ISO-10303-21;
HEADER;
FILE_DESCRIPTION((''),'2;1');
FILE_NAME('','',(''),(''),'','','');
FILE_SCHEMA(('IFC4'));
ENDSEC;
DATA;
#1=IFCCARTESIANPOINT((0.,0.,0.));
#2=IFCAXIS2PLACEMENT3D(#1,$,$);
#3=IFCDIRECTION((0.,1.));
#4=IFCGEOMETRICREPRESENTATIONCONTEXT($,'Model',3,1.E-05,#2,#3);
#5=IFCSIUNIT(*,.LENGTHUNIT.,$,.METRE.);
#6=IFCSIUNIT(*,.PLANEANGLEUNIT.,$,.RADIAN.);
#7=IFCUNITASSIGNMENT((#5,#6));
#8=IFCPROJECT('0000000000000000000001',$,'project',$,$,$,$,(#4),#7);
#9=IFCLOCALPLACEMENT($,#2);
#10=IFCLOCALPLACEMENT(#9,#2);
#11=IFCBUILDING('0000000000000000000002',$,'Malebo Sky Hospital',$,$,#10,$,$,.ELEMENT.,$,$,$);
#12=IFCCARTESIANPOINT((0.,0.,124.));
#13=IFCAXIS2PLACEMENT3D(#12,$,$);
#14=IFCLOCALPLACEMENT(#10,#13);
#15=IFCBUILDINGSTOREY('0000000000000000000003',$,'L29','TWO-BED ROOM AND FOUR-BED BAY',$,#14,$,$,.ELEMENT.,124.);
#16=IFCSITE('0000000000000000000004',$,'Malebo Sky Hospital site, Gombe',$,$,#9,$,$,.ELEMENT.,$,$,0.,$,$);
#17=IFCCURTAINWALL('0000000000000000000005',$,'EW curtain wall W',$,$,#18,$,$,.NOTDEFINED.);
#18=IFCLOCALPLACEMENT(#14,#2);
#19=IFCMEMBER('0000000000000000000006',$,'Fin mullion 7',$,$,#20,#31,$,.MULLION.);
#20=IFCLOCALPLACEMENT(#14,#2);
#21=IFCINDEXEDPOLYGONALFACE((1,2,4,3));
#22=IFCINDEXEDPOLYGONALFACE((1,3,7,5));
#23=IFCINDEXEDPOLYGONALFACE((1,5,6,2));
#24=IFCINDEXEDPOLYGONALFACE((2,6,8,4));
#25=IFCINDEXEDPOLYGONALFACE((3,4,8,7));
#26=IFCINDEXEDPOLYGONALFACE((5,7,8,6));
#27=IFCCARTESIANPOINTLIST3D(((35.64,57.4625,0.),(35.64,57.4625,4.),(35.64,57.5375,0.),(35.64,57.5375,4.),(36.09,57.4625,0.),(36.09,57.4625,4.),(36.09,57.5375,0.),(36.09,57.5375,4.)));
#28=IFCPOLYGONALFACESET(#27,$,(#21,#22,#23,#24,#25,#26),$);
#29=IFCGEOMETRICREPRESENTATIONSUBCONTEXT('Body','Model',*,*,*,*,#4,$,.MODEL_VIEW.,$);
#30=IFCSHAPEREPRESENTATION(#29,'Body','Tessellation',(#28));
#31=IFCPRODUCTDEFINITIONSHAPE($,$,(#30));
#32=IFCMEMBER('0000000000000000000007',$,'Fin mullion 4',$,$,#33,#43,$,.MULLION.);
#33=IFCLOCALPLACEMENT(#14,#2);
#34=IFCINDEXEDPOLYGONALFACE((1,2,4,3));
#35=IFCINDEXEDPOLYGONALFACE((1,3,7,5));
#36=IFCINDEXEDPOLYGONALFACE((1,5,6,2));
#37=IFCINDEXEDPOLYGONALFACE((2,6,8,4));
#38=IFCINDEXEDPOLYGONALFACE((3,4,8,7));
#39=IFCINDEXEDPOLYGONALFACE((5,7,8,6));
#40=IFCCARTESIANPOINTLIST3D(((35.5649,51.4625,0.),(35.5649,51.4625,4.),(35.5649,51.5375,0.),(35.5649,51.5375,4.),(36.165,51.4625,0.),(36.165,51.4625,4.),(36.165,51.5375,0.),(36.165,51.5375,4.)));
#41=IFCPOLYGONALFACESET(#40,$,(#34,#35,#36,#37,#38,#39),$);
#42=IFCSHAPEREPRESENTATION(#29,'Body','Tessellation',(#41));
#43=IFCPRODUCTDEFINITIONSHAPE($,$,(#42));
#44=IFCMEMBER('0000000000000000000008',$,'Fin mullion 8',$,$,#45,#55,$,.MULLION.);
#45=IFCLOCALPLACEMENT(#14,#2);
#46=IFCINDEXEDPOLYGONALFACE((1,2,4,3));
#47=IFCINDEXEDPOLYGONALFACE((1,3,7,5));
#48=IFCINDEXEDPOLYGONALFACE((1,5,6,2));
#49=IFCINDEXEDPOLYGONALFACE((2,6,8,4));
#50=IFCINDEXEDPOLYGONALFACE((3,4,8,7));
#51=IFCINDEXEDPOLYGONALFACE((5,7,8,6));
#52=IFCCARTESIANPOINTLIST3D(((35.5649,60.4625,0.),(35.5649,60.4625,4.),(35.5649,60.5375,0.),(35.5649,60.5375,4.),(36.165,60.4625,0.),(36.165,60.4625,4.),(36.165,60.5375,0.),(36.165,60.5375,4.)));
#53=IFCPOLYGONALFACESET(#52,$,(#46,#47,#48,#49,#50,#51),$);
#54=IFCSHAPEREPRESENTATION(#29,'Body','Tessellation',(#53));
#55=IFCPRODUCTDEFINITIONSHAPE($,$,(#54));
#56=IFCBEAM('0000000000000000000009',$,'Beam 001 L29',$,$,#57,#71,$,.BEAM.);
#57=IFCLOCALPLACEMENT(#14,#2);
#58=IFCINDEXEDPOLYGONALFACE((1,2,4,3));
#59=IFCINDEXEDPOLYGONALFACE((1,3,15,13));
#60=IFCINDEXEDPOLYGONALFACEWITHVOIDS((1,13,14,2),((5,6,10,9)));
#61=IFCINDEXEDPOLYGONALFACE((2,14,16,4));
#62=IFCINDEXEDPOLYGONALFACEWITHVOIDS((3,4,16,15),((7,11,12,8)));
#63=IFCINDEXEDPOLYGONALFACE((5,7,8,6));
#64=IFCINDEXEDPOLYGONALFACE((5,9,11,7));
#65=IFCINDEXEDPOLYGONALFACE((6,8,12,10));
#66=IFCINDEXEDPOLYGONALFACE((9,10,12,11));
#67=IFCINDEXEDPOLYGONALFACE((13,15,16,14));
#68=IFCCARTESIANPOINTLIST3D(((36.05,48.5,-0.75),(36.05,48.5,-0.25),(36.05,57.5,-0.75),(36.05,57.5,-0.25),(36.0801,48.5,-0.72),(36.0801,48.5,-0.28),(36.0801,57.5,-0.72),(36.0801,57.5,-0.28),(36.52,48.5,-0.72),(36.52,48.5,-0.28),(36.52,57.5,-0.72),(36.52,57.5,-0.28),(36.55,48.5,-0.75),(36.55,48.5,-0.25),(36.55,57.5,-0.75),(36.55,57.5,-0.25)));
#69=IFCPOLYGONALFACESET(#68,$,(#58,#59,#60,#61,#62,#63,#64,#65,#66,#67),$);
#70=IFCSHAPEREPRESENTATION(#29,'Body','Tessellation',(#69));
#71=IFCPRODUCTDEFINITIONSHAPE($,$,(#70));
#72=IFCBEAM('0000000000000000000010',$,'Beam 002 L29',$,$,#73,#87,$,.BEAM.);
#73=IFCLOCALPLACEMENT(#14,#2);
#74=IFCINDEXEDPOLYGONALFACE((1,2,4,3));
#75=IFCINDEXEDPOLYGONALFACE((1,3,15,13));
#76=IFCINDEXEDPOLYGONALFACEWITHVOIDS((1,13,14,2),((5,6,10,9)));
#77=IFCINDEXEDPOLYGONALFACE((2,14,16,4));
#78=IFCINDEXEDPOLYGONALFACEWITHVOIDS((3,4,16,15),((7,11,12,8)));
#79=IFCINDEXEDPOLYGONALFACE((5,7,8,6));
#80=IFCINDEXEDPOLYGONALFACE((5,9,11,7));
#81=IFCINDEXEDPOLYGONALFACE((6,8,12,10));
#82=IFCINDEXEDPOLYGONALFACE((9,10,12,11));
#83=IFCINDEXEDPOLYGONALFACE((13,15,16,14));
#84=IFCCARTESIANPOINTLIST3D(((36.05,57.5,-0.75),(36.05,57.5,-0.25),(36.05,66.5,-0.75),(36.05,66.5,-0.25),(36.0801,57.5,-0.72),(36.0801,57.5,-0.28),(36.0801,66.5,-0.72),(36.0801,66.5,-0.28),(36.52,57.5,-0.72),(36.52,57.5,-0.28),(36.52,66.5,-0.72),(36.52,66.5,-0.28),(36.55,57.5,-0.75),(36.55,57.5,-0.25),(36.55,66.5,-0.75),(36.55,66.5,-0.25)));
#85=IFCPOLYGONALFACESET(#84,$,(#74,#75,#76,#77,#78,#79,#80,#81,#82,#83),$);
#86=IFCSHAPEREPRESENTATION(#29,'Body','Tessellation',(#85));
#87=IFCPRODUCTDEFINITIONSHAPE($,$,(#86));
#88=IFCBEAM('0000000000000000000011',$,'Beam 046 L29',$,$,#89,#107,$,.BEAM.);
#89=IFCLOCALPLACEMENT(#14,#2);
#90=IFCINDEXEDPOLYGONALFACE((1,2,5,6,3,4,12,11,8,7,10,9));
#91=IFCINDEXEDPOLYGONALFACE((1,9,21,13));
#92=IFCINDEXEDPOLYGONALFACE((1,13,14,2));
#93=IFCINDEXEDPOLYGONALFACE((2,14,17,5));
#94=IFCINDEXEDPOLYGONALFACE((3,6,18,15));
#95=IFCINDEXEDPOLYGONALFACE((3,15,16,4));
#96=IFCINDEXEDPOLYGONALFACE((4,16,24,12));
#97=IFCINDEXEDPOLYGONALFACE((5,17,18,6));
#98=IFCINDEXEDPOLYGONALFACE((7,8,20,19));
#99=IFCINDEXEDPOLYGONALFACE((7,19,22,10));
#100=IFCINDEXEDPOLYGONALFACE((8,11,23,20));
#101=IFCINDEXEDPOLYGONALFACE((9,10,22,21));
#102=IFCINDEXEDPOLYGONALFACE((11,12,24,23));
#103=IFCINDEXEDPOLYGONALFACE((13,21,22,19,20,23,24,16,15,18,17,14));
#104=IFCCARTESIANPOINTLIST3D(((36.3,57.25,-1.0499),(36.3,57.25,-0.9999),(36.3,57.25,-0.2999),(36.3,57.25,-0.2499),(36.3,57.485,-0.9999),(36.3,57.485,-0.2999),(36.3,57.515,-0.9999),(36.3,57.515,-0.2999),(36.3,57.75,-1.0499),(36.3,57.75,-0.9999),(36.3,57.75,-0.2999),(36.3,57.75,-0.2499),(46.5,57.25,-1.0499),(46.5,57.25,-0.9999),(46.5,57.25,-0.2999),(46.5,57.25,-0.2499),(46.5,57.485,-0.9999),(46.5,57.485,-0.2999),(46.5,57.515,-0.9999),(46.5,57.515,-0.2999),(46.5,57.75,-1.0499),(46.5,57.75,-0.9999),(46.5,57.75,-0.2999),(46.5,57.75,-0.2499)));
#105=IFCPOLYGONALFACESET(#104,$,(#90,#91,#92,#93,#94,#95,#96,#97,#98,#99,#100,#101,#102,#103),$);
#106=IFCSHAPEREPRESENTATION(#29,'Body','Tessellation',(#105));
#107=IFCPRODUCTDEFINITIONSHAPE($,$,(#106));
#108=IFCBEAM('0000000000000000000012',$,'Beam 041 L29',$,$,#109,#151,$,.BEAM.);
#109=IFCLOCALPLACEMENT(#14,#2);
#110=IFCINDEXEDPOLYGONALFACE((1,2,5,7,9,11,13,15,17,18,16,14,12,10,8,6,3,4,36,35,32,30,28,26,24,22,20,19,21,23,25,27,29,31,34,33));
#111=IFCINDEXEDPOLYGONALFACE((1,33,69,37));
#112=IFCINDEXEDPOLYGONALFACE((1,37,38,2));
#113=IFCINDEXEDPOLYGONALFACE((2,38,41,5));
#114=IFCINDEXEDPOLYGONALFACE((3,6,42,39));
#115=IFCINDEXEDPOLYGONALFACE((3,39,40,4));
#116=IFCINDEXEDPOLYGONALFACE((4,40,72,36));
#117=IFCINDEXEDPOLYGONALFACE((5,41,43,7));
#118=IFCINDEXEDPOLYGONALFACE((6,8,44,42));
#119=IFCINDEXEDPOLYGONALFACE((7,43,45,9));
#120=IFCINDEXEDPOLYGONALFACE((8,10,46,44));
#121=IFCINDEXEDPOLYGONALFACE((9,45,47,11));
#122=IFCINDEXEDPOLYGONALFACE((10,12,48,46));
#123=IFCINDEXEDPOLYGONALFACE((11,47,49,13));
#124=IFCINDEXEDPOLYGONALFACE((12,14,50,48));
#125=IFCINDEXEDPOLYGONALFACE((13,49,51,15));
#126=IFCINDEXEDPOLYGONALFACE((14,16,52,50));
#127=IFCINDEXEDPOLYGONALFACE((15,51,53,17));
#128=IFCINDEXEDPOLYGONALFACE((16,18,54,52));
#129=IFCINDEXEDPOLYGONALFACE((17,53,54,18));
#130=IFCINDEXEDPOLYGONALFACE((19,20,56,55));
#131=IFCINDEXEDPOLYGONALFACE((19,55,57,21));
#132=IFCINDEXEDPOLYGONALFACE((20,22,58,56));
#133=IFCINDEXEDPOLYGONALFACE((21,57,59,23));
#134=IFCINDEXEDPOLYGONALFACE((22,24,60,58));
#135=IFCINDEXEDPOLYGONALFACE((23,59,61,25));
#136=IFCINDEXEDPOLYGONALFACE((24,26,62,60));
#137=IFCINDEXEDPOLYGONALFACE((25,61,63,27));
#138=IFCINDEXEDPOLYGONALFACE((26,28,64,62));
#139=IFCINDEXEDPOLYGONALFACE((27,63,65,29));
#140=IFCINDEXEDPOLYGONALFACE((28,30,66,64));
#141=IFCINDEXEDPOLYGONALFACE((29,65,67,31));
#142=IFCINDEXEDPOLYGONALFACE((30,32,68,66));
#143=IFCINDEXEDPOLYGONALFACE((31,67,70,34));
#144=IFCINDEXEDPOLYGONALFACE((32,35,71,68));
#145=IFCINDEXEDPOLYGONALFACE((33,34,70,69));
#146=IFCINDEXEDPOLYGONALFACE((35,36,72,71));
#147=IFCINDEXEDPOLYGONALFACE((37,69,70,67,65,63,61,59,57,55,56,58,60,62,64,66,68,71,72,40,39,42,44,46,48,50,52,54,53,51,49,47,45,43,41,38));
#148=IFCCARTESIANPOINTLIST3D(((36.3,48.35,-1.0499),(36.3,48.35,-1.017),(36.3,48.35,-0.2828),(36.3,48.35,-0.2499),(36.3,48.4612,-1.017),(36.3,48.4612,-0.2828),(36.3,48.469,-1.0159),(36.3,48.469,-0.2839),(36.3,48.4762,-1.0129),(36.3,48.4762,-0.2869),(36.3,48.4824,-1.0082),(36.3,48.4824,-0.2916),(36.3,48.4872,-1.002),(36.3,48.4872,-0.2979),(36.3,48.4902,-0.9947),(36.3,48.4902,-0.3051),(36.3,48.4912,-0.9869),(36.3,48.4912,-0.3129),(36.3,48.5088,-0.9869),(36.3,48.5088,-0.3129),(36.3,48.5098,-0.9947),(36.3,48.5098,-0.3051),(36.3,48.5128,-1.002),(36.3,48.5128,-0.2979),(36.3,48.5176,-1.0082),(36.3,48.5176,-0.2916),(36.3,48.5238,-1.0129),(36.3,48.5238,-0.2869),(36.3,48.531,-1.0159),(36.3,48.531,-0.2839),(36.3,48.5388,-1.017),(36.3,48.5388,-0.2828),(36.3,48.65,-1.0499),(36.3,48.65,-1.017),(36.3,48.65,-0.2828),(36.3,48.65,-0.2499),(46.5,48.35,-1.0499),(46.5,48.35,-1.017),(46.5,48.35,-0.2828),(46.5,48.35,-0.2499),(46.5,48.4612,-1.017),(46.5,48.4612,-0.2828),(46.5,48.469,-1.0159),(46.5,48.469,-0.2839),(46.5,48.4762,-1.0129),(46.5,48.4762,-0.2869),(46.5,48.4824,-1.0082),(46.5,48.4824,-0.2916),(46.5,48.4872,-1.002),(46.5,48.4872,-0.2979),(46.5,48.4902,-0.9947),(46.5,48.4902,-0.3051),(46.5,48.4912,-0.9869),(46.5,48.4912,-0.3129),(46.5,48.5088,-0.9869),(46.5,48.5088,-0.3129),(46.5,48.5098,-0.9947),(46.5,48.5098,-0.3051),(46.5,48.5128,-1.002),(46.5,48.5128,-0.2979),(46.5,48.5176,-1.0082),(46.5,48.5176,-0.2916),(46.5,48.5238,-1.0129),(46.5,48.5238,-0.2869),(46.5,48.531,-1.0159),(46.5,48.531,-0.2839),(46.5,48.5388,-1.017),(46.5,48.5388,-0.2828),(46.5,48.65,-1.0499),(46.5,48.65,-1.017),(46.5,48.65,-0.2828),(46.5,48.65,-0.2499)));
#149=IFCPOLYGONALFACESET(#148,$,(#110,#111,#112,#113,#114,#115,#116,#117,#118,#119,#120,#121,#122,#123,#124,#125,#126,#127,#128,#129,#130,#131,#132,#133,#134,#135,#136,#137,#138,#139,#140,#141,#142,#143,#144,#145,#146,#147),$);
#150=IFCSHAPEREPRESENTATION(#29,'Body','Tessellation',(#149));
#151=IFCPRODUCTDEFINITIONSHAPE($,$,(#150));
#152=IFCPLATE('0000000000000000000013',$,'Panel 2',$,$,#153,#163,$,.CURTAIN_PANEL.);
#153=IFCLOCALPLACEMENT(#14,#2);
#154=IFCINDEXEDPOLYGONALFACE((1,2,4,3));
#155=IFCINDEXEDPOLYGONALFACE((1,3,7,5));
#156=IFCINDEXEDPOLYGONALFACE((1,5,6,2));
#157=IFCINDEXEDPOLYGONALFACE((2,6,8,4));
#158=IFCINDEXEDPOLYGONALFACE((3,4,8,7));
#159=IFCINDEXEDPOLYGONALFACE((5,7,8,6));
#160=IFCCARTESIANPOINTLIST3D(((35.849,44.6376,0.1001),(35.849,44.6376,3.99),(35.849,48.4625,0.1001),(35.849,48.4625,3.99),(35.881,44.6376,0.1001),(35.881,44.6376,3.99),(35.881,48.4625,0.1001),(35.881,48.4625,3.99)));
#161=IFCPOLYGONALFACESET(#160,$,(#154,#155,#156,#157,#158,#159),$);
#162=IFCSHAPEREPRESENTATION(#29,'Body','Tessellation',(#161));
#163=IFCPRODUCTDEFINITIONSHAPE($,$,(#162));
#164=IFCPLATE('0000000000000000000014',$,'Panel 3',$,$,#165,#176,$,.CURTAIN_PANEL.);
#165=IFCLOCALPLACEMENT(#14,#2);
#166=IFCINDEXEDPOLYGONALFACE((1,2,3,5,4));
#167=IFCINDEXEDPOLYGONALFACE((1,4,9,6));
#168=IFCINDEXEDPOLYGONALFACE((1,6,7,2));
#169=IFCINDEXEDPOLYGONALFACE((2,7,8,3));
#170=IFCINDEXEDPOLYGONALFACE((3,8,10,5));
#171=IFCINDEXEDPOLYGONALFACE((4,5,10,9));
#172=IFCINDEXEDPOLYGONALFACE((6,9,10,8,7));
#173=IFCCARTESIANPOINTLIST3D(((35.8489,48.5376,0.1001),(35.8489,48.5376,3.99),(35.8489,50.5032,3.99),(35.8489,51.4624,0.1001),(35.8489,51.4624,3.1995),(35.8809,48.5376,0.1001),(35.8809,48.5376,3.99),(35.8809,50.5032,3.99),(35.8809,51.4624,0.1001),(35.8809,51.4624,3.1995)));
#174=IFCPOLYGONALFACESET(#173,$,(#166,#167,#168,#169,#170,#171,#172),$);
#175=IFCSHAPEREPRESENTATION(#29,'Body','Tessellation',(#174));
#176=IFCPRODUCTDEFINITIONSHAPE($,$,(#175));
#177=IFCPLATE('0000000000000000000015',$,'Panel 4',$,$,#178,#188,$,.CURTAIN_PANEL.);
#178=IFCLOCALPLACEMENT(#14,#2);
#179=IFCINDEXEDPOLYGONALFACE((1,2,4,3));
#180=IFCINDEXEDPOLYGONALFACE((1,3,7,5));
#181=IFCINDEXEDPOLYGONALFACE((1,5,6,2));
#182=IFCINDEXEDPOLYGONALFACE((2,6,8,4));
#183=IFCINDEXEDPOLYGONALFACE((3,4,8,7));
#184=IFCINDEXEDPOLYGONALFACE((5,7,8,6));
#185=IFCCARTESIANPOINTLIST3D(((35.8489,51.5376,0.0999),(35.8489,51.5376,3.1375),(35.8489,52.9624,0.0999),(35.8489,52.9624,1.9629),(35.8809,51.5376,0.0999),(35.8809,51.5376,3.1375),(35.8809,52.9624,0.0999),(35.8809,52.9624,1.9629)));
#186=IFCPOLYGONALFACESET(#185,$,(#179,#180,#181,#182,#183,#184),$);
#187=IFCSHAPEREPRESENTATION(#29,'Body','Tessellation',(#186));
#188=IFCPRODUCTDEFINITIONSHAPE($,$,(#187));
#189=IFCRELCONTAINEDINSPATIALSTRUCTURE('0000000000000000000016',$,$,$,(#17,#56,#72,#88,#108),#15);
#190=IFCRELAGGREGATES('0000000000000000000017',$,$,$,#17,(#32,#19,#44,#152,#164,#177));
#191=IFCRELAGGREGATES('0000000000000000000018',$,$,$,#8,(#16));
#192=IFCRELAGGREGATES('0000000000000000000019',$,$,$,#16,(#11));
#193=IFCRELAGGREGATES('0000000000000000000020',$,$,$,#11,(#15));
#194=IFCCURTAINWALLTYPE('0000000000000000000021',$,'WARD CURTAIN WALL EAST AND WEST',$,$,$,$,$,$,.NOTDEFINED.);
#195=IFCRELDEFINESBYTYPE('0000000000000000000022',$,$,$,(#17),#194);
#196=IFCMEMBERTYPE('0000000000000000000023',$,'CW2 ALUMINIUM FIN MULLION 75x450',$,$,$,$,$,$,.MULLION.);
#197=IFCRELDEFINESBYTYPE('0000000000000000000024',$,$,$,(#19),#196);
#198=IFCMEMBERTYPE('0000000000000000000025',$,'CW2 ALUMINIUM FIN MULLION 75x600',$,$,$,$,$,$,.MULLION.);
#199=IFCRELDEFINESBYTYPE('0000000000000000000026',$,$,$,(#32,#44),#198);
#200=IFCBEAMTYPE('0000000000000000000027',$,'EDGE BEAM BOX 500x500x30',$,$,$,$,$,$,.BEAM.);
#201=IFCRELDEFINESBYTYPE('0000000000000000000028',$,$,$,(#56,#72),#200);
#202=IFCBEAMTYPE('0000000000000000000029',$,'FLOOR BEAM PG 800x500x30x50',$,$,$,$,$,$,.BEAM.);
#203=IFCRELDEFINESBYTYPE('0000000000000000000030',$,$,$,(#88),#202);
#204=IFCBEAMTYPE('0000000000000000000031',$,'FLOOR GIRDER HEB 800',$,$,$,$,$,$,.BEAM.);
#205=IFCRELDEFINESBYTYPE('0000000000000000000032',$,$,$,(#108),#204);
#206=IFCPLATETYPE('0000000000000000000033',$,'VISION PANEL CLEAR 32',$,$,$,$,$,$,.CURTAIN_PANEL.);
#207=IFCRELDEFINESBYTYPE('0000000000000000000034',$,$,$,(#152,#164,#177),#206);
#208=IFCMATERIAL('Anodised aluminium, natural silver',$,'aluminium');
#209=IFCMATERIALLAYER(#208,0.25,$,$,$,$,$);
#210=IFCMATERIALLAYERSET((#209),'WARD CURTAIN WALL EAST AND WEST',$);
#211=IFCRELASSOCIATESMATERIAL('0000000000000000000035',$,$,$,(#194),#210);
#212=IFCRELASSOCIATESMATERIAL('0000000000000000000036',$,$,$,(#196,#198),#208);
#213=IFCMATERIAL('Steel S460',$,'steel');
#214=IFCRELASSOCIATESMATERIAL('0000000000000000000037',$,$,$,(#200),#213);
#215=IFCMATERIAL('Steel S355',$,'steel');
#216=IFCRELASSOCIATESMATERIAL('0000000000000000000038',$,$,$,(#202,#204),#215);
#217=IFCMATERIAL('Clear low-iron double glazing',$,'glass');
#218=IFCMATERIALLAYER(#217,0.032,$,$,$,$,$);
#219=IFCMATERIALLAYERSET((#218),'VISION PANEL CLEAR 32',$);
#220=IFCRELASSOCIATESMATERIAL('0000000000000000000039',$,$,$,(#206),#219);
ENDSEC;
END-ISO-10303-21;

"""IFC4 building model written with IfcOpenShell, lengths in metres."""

from ifc_helpers import new_model, si_unit, direction, frame, origin, origin_2d, place, context, subcontext, project, spatial, polyline, rectangle, hollow_rectangle, i_section, outline, extrude, material, layer, layer_set, material_profile, profile_set, type_object, element, aggregate, save


model = new_model("IFC4")

# Units and contexts
model_context = context("Model", 3, precision=1e-05, world=origin(), true_north=direction((0.0, 1.0)))
body_context = subcontext(model_context, "Body", "Model", "MODEL_VIEW")
ifc_project = project(units=[si_unit("LENGTHUNIT", "METRE"), si_unit("PLANEANGLEUNIT", "RADIAN")], contexts=[model_context])

# Site, building, storey
site_placement = place(None, origin())
site = spatial("IfcSite", under=ifc_project, at=site_placement, Name="Malebo Sky Hospital site, Gombe", CompositionType="ELEMENT", RefElevation=0.0)
building_placement = place(site_placement, origin())
building = spatial("IfcBuilding", under=site, at=building_placement, Name="Malebo Sky Hospital", CompositionType="ELEMENT")
storey_placement = place(building_placement, frame((0.0, 0.0, 124.0)))
storey = spatial("IfcBuildingStorey", under=building, at=storey_placement, Name="L29", Description="TWO-BED ROOM AND FOUR-BED BAY", CompositionType="ELEMENT", Elevation=124.0)

# Shared definitions
ifc_material_1 = material(Name="Steel S460", Category="steel")

# Curtain wall
ifc_material_2 = material(Name="Anodised aluminium, natural silver", Category="aluminium")
ifc_layer_1 = layer(ifc_material_2, 0.25)
ifc_layer_set_1 = layer_set([ifc_layer_1], Name="WARD CURTAIN WALL EAST AND WEST")
curtain_wall_type = type_object("IfcCurtainWallType", Name="WARD CURTAIN WALL EAST AND WEST", PredefinedType="NOTDEFINED", material=ifc_layer_set_1)
curtain_wall_placement = place(storey_placement, origin())
curtain_wall = element("IfcCurtainWall", 1, at=curtain_wall_placement, inside=storey, type_object=curtain_wall_type, Name="EW curtain wall W", PredefinedType="NOTDEFINED")

# Members
ifc_material_3 = material(Name="Steel S355", Category="steel")
ifc_material_profile_1 = material_profile(ifc_material_2, rectangle(XDim=0.075, YDim=0.45, at=origin_2d()), Name="CW2 ALUMINIUM FIN MULLION 75x450")
ifc_profile_set_1 = profile_set([ifc_material_profile_1], Name="Anodised aluminium, natural silver")
member_type_1 = type_object("IfcMemberType", Name="CW2 ALUMINIUM FIN MULLION 75x450", PredefinedType="MULLION", material=ifc_profile_set_1)
member_1_placement = place(storey_placement, frame((35.865, 57.5, 0.0), z_axis=(0.0, 0.0, 1.0), x_axis=(0.0, 1.0, 0.0)))
member_1 = element("IfcMember", 2, at=member_1_placement, type_object=member_type_1, Name="Fin mullion 7", PredefinedType="MULLION", context=body_context, shape_type="SweptSolid", body=[
    extrude(rectangle(XDim=0.075, YDim=0.45, at=origin_2d()), origin(), (0.0, 0.0, 1.0), 4.0),
])
ifc_material_profile_2 = material_profile(ifc_material_2, rectangle(XDim=0.075, YDim=0.6001, at=origin_2d()), Name="CW2 ALUMINIUM FIN MULLION 75x600")
ifc_profile_set_2 = profile_set([ifc_material_profile_2], Name="Anodised aluminium, natural silver")
member_type_2 = type_object("IfcMemberType", Name="CW2 ALUMINIUM FIN MULLION 75x600", PredefinedType="MULLION", material=ifc_profile_set_2)
member_2_placement = place(storey_placement, frame((35.865, 51.5, 0.0), z_axis=(0.0, 0.0, 1.0), x_axis=(0.0, 1.0, 0.0)))
member_2 = element("IfcMember", 3, at=member_2_placement, type_object=member_type_2, Name="Fin mullion 4", PredefinedType="MULLION", context=body_context, shape_type="SweptSolid", body=[
    extrude(rectangle(XDim=0.075, YDim=0.6001, at=origin_2d()), origin(), (0.0, 0.0, 1.0), 4.0),
])
member_3_placement = place(storey_placement, frame((35.865, 60.5, 0.0), z_axis=(0.0, 0.0, 1.0), x_axis=(0.0, 1.0, 0.0)))
member_3 = element("IfcMember", 4, at=member_3_placement, type_object=member_type_2, Name="Fin mullion 8", PredefinedType="MULLION", context=body_context, shape_type="SweptSolid", body=[
    extrude(rectangle(XDim=0.075, YDim=0.6001, at=origin_2d()), origin(), (0.0, 0.0, 1.0), 4.0),
])

# Beams
ifc_material_profile_3 = material_profile(ifc_material_1, hollow_rectangle(XDim=0.5, YDim=0.5, WallThickness=0.03, at=origin_2d()), Name="BOX 500x500x30")
ifc_profile_set_3 = profile_set([ifc_material_profile_3], Name="Steel S460")
beam_type_1 = type_object("IfcBeamType", Name="EDGE BEAM BOX 500x500x30", PredefinedType="BEAM", material=ifc_profile_set_3)
for number, where, z_axis, x_axis, name in (
    (5, (36.3, 48.5, -0.5), (0.0, 1.0, 0.0), (-1.0, 0.0, 0.0), "Beam 001 L29"),
    (6, (36.3, 57.5, -0.5), (0.0, 1.0, 0.0), (-1.0, 0.0, 0.0), "Beam 002 L29"),
):
    element("IfcBeam", number, at=place(storey_placement, frame(where, z_axis=z_axis, x_axis=x_axis)), inside=storey, type_object=beam_type_1, Name=name, PredefinedType="BEAM", context=body_context, shape_type="SweptSolid", body=[
        extrude(hollow_rectangle(XDim=0.5, YDim=0.5, WallThickness=0.03, at=origin_2d()), origin(), (0.0, 0.0, 1.0), 9.0),
    ])
ifc_material_profile_4 = material_profile(ifc_material_3, i_section(OverallWidth=0.5, OverallDepth=0.8, WebThickness=0.03, FlangeThickness=0.05, at=origin_2d()), Name="PG 800x500x30x50")
ifc_profile_set_4 = profile_set([ifc_material_profile_4], Name="Steel S355")
beam_type_2 = type_object("IfcBeamType", Name="FLOOR BEAM PG 800x500x30x50", PredefinedType="BEAM", material=ifc_profile_set_4)
beam_1_placement = place(storey_placement, frame((36.3, 57.5, -0.6499), z_axis=(1.0, 0.0, 0.0), x_axis=(0.0, 1.0, 0.0)))
element("IfcBeam", 7, at=beam_1_placement, inside=storey, type_object=beam_type_2, Name="Beam 046 L29", PredefinedType="BEAM", context=body_context, shape_type="SweptSolid", body=[
    extrude(i_section(OverallWidth=0.5, OverallDepth=0.8, WebThickness=0.03, FlangeThickness=0.05, at=origin_2d()), origin(), (0.0, 0.0, 1.0), 10.2),
])
ifc_material_profile_5 = material_profile(ifc_material_3, i_section(OverallWidth=0.3, OverallDepth=0.8, WebThickness=0.0176, FlangeThickness=0.033, FilletRadius=0.03, at=origin_2d()), Name="HEB 800")
ifc_profile_set_5 = profile_set([ifc_material_profile_5], Name="Steel S355")
beam_type_3 = type_object("IfcBeamType", Name="FLOOR GIRDER HEB 800", PredefinedType="BEAM", material=ifc_profile_set_5)
beam_2_placement = place(storey_placement, frame((36.3, 48.5, -0.6499), z_axis=(1.0, 0.0, 0.0), x_axis=(0.0, 1.0, 0.0)))
element("IfcBeam", 8, at=beam_2_placement, inside=storey, type_object=beam_type_3, Name="Beam 041 L29", PredefinedType="BEAM", context=body_context, shape_type="SweptSolid", body=[
    extrude(i_section(OverallWidth=0.3, OverallDepth=0.8, WebThickness=0.0176, FlangeThickness=0.033, FilletRadius=0.03, at=origin_2d()), origin(), (0.0, 0.0, 1.0), 10.2),
])

# Plates
ifc_material_4 = material(Name="Clear low-iron double glazing", Category="glass")
ifc_layer_2 = layer(ifc_material_4, 0.032)
ifc_layer_set_2 = layer_set([ifc_layer_2], Name="VISION PANEL CLEAR 32")
plate_type = type_object("IfcPlateType", Name="VISION PANEL CLEAR 32", PredefinedType="CURTAIN_PANEL", material=ifc_layer_set_2)
plate_1_placement = place(storey_placement, frame((35.865, 46.55, 0.1001), z_axis=(0.0, 0.0, 1.0), x_axis=(0.0, 1.0, 0.0)))
plate_1 = element("IfcPlate", 9, at=plate_1_placement, type_object=plate_type, Name="Panel 2", PredefinedType="CURTAIN_PANEL", context=body_context, shape_type="SweptSolid", body=[
    extrude(rectangle(XDim=3.825, YDim=0.032, at=origin_2d()), origin(), (0.0, 0.0, 1.0), 3.8899),
])
plate_2_placement = place(storey_placement, frame((35.865, 50.0, 0.1001), z_axis=(0.0, 0.0, 1.0), x_axis=(0.0, 1.0, 0.0)))
plate_2 = element("IfcPlate", 10, at=plate_2_placement, type_object=plate_type, Name="Panel 3", PredefinedType="CURTAIN_PANEL", context=body_context, shape_type="SweptSolid", body=[
    extrude(outline(polyline([(-1.4624, 0.0), (1.4624, 0.0), (1.4624, 3.0994), (0.5032, 3.8899), (-1.4624, 3.8899), (-1.4624, 0.0)])), frame((0.0, 0.0161, 0.0), z_axis=(0.0, -1.0, 0.0), x_axis=(1.0, 0.0, 0.0)), (0.0, 0.0, 1.0), 0.032),
])
plate_3_placement = place(storey_placement, frame((35.865, 52.25, 0.0999), z_axis=(0.0, 0.0, 1.0), x_axis=(0.0, 1.0, 0.0)))
plate_3 = element("IfcPlate", 11, at=plate_3_placement, type_object=plate_type, Name="Panel 4", PredefinedType="CURTAIN_PANEL", context=body_context, shape_type="SweptSolid", body=[
    extrude(outline(polyline([(-0.7124, 0.0), (0.7124, 0.0), (0.7124, 1.863), (-0.7124, 3.0376), (-0.7124, 0.0)])), frame((0.0, 0.0161, 0.0), z_axis=(0.0, -1.0, 0.0), x_axis=(1.0, 0.0, 0.0)), (0.0, 0.0, 1.0), 0.032),
])
aggregate(curtain_wall, [member_2, member_1, member_3, plate_1, plate_2, plate_3])

save(model, "model.ifc")
